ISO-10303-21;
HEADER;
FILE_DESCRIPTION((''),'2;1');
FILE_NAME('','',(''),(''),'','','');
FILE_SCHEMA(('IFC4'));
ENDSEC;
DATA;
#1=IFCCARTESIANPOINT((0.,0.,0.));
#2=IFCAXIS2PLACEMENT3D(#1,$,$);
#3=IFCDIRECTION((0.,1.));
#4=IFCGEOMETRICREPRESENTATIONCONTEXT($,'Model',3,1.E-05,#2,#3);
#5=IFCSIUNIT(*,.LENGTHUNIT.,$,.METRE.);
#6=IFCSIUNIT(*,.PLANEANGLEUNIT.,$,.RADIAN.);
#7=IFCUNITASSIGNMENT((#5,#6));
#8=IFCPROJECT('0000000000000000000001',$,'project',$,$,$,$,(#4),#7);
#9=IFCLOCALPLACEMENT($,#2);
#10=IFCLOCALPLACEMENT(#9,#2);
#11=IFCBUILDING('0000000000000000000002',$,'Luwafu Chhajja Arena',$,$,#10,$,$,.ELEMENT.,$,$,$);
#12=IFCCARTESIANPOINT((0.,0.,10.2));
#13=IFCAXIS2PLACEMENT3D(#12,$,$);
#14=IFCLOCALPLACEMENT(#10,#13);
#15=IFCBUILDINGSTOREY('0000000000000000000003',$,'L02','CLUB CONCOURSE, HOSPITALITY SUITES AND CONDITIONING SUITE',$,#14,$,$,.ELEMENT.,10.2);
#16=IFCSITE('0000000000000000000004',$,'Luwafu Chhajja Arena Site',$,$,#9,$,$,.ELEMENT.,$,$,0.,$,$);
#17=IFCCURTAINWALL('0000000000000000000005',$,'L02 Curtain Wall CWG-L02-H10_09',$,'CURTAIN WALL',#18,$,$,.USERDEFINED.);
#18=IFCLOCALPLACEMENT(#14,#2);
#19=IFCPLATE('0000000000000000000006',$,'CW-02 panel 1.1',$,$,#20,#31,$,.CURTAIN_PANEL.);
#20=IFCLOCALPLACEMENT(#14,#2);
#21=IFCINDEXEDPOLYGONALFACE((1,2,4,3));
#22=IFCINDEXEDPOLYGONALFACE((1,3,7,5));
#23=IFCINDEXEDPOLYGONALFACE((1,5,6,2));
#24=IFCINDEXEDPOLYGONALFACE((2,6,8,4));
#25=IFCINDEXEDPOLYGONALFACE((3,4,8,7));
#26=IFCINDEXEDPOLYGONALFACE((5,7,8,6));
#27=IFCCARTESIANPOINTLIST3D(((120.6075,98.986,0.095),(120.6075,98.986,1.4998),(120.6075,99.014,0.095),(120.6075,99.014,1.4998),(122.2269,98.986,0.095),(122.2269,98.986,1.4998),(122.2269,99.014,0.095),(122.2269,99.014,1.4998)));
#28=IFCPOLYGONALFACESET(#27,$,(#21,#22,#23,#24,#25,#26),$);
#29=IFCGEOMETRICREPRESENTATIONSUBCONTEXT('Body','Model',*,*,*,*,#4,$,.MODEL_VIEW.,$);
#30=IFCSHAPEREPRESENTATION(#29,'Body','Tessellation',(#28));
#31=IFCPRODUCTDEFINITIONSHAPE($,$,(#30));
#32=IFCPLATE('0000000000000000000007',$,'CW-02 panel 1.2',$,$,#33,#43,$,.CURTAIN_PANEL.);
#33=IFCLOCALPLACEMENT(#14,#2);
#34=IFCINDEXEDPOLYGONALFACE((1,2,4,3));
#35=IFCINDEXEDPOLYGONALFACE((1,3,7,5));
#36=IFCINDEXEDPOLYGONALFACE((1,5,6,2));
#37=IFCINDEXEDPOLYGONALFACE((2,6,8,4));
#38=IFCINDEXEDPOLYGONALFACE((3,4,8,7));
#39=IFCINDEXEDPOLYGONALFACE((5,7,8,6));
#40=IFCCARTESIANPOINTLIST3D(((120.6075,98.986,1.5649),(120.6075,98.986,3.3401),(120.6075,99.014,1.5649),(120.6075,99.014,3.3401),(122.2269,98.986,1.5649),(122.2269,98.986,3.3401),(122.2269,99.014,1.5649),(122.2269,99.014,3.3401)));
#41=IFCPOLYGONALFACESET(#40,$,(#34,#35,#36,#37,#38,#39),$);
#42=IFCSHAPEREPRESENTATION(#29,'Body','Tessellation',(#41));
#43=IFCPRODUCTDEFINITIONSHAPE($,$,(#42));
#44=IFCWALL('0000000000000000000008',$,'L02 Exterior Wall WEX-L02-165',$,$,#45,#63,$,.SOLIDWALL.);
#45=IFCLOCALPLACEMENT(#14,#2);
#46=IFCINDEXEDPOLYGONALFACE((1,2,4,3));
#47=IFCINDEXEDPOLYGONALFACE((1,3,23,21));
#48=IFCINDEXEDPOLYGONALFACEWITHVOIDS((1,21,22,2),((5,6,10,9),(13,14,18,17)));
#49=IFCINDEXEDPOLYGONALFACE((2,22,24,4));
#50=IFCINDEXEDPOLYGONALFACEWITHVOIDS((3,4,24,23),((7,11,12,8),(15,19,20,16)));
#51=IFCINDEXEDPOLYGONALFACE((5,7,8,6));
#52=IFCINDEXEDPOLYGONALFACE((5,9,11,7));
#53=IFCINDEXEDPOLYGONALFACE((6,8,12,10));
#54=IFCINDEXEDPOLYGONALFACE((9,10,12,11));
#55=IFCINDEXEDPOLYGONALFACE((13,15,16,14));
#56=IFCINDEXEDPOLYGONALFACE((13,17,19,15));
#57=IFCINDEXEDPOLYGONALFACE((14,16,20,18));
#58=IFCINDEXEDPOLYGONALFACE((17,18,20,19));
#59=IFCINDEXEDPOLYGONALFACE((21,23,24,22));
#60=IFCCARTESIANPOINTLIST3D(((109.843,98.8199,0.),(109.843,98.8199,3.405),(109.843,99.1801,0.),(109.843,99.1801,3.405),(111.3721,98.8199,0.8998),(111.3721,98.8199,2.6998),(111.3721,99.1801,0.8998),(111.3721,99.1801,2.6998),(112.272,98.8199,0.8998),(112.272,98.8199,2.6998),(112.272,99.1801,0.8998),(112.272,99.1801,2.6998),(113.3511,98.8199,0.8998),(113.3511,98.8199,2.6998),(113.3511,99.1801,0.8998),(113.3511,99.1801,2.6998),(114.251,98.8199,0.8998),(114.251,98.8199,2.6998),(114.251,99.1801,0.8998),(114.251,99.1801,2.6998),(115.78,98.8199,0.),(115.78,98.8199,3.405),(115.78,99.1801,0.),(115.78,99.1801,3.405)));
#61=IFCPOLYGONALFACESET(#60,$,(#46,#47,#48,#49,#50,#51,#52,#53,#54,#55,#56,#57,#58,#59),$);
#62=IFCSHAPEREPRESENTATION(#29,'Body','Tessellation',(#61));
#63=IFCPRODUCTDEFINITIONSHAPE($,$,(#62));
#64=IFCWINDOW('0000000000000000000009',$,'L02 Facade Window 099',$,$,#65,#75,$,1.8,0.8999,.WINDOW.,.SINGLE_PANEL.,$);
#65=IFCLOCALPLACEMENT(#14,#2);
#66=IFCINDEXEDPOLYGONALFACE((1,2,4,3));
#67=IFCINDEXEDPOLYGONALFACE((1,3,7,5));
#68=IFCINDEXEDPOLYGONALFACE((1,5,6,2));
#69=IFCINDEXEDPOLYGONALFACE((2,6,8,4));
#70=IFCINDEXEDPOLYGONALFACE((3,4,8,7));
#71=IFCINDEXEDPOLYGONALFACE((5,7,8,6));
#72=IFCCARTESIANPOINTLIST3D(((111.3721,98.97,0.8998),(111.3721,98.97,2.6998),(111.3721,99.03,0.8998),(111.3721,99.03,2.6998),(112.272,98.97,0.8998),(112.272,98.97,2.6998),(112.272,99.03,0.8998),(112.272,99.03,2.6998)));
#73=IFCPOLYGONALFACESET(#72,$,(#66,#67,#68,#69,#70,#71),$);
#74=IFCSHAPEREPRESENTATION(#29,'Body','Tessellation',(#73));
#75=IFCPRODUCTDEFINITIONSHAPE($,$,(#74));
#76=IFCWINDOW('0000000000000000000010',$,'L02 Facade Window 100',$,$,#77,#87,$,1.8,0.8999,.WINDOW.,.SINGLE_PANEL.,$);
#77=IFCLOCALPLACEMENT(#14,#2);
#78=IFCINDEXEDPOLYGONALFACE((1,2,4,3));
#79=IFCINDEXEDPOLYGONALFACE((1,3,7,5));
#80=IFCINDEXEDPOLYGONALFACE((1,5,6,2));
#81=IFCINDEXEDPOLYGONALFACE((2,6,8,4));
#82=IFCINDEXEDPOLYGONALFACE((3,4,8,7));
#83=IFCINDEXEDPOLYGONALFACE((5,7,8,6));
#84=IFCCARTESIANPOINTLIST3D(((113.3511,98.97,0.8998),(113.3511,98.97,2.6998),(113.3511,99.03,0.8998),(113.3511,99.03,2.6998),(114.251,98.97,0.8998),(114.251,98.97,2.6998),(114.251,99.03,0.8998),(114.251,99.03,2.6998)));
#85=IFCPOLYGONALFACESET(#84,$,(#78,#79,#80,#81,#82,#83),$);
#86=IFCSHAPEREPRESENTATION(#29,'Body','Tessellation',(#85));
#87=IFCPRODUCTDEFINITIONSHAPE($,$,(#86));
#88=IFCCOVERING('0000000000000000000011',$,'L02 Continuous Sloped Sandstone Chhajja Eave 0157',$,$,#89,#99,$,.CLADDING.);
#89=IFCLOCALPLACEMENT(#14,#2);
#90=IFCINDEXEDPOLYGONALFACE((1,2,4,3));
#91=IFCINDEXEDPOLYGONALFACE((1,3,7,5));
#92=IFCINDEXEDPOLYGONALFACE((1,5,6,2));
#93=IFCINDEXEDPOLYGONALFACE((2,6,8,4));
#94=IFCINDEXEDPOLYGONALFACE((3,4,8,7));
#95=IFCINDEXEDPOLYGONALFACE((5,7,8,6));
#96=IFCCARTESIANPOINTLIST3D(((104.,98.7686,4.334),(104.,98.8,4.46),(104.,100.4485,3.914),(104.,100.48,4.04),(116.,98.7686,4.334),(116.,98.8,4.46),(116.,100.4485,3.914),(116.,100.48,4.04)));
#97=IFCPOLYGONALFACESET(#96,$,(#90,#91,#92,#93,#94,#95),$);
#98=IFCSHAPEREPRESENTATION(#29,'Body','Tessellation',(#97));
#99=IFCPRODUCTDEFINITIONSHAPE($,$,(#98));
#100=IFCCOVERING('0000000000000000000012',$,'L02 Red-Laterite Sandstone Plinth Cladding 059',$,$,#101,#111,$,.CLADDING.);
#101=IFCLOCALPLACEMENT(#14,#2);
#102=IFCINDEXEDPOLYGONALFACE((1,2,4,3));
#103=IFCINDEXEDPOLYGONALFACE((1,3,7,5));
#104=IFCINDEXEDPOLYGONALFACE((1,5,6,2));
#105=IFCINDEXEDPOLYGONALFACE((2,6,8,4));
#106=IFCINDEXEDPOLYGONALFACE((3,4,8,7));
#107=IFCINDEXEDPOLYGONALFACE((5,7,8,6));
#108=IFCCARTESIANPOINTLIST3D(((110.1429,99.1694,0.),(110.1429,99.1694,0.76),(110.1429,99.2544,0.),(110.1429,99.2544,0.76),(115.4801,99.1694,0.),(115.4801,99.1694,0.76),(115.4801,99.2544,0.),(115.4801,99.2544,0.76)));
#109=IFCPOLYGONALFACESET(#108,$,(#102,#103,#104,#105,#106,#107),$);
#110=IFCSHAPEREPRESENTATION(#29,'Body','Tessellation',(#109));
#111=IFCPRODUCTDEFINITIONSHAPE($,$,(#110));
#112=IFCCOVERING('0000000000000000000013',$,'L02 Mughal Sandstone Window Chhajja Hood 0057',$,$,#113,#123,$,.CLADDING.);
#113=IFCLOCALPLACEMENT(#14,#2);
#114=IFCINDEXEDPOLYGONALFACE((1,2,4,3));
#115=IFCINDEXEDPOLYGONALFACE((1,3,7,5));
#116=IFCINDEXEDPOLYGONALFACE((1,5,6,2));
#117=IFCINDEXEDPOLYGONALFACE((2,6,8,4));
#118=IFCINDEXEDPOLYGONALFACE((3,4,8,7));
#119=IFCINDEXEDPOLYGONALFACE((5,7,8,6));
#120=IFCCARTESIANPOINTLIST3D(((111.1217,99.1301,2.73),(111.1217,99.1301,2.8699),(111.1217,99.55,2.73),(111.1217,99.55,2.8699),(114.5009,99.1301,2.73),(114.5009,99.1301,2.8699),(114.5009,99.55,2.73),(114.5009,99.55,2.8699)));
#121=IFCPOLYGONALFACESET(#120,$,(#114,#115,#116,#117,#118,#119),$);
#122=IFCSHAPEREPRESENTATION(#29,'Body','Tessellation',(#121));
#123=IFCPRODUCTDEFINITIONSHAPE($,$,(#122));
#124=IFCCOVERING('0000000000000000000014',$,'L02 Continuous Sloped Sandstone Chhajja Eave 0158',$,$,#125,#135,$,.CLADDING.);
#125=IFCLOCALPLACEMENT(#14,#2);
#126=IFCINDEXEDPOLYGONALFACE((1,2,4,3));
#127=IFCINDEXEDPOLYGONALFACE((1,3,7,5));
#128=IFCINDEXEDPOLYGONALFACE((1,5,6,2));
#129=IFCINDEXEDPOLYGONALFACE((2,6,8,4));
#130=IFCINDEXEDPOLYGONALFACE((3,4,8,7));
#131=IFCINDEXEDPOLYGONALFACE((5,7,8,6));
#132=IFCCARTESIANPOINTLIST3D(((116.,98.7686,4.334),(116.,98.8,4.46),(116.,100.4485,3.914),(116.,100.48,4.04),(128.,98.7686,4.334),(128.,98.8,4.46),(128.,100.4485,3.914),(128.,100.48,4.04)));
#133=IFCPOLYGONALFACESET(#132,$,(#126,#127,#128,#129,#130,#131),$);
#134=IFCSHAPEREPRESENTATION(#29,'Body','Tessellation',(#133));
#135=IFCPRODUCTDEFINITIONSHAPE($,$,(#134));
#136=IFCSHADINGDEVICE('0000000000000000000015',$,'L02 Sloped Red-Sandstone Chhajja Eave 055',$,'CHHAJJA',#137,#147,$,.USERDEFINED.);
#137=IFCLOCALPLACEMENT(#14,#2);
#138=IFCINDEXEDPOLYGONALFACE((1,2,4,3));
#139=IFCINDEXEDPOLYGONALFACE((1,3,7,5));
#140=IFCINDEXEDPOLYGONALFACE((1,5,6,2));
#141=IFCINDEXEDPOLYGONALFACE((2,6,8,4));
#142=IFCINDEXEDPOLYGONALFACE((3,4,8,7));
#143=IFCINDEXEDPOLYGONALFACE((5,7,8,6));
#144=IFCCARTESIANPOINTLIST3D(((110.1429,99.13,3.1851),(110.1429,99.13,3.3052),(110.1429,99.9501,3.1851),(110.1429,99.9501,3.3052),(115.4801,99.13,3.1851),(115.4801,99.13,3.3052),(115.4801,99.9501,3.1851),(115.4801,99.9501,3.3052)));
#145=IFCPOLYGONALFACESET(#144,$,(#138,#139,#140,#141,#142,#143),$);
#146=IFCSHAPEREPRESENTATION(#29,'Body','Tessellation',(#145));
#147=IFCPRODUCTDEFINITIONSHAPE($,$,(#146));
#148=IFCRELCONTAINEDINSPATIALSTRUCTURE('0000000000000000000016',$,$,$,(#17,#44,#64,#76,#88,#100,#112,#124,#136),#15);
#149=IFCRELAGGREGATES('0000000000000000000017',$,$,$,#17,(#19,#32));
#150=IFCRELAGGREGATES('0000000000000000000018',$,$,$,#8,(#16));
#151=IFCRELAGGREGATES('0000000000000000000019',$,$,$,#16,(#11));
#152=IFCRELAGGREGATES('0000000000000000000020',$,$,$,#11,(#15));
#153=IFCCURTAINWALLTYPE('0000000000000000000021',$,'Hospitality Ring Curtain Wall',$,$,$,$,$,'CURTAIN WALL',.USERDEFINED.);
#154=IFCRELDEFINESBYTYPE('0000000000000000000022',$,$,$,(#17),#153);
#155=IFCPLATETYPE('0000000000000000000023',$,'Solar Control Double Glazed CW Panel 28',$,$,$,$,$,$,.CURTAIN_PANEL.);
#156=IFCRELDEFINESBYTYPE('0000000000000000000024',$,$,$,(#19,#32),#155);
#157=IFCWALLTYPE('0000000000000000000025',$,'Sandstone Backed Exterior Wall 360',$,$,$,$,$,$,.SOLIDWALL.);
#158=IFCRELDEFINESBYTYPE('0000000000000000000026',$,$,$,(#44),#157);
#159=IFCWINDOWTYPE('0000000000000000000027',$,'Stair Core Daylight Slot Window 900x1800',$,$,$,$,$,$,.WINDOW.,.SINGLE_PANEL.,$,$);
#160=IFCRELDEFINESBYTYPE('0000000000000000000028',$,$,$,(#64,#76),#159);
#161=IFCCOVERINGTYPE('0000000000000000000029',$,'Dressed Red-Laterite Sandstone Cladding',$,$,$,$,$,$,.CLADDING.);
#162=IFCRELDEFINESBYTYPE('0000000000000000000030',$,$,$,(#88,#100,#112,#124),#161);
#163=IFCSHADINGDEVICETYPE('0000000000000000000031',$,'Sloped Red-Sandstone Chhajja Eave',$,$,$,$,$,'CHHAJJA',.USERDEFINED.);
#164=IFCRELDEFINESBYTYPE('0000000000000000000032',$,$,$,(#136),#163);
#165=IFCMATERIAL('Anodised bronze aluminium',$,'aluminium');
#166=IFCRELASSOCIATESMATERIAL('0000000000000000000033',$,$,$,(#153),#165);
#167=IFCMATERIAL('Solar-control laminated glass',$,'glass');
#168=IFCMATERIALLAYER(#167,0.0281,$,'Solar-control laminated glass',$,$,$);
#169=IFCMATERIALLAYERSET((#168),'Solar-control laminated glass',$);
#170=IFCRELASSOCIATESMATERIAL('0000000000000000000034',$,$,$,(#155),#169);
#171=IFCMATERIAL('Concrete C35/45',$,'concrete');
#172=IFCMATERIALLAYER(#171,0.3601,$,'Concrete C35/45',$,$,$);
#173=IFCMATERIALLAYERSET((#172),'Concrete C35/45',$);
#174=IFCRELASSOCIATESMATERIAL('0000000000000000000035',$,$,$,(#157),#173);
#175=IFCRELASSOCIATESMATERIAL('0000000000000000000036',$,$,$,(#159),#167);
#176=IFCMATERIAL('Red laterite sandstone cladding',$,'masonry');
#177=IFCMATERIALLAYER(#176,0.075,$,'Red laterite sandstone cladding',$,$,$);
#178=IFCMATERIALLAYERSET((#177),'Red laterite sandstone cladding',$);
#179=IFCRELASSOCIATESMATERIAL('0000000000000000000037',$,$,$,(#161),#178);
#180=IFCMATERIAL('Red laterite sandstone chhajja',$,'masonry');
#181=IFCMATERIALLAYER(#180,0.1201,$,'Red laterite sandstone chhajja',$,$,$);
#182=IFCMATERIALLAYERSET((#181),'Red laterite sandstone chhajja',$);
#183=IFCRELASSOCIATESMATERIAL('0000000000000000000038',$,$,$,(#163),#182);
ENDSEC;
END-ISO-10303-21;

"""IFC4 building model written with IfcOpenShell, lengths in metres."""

from ifc_helpers import new_model, si_unit, direction, frame, frame_2d, origin, origin_2d, place, context, subcontext, project, spatial, polyline, rectangle, outline, extrude, material, layer, layer_set, type_object, element, fill, aggregate, save


model = new_model("IFC4")

# Units and contexts
model_context = context("Model", 3, precision=1e-05, world=origin(), true_north=direction((0.0, 1.0)))
body_context = subcontext(model_context, "Body", "Model", "MODEL_VIEW")
ifc_project = project(units=[si_unit("LENGTHUNIT", "METRE"), si_unit("PLANEANGLEUNIT", "RADIAN")], contexts=[model_context])

# Site, building, storey
site_placement = place(None, origin())
site = spatial("IfcSite", under=ifc_project, at=site_placement, Name="Luwafu Chhajja Arena Site", CompositionType="ELEMENT", RefElevation=0.0)
building_placement = place(site_placement, origin())
building = spatial("IfcBuilding", under=site, at=building_placement, Name="Luwafu Chhajja Arena", CompositionType="ELEMENT")
storey_placement = place(building_placement, frame((0.0, 0.0, 10.2)))
storey = spatial("IfcBuildingStorey", under=building, at=storey_placement, Name="L02", Description="CLUB CONCOURSE, HOSPITALITY SUITES AND CONDITIONING SUITE", CompositionType="ELEMENT", Elevation=10.2)

# Shared definitions
ifc_material_1 = material(Name="Concrete C35/45", Category="concrete")

# Curtain wall
ifc_material_2 = material(Name="Anodised bronze aluminium", Category="aluminium")
curtain_wall_type = type_object("IfcCurtainWallType", Name="Hospitality Ring Curtain Wall", ElementType="CURTAIN WALL", PredefinedType="USERDEFINED", material=ifc_material_2)
curtain_wall_placement = place(storey_placement, origin())
curtain_wall = element("IfcCurtainWall", 1, at=curtain_wall_placement, inside=storey, type_object=curtain_wall_type, Name="L02 Curtain Wall CWG-L02-H10_09", ObjectType="CURTAIN WALL", PredefinedType="USERDEFINED")

# Plates
ifc_material_3 = material(Name="Solar-control laminated glass", Category="glass")
ifc_layer_1 = layer(ifc_material_3, 0.0281, Name="Solar-control laminated glass")
ifc_layer_set_1 = layer_set([ifc_layer_1], Name="Solar-control laminated glass")
plate_type = type_object("IfcPlateType", Name="Solar Control Double Glazed CW Panel 28", PredefinedType="CURTAIN_PANEL", material=ifc_layer_set_1)
plate_1_placement = place(storey_placement, frame((121.4172, 99.0, 0.095), z_axis=(0.0, 0.0, 1.0), x_axis=(1.0, 0.0, 0.0)))
plate_1 = element("IfcPlate", 2, at=plate_1_placement, type_object=plate_type, Name="CW-02 panel 1.1", PredefinedType="CURTAIN_PANEL", context=body_context, shape_type="SweptSolid", body=[
    extrude(rectangle(XDim=1.6194, YDim=0.0281, at=origin_2d()), origin(), (0.0, 0.0, 1.0), 1.4048),
])
plate_2_placement = place(storey_placement, frame((121.4172, 99.0, 1.5649), z_axis=(0.0, 0.0, 1.0), x_axis=(1.0, 0.0, 0.0)))
plate_2 = element("IfcPlate", 3, at=plate_2_placement, type_object=plate_type, Name="CW-02 panel 1.2", PredefinedType="CURTAIN_PANEL", context=body_context, shape_type="SweptSolid", body=[
    extrude(rectangle(XDim=1.6194, YDim=0.0281, at=origin_2d()), origin(), (0.0, 0.0, 1.0), 1.7751),
])
aggregate(curtain_wall, [plate_1, plate_2])

# Wall, openings, windows
ifc_layer_2 = layer(ifc_material_1, 0.3601, Name="Concrete C35/45")
ifc_layer_set_2 = layer_set([ifc_layer_2], Name="Concrete C35/45")
wall_type = type_object("IfcWallType", Name="Sandstone Backed Exterior Wall 360", PredefinedType="SOLIDWALL", material=ifc_layer_set_2)
wall_placement = place(storey_placement, frame((109.843, 99.0, 0.0), z_axis=(0.0, 0.0, 1.0), x_axis=(1.0, 0.0, 0.0)))
wall = element("IfcWall", 4, at=wall_placement, inside=storey, type_object=wall_type, Name="L02 Exterior Wall WEX-L02-165", PredefinedType="SOLIDWALL", context=body_context, shape_type="SweptSolid", body=[
    extrude(rectangle(XDim=5.937, YDim=0.3601, at=frame_2d((2.9685, 0.0))), origin(), (0.0, 0.0, 1.0), 3.405),
])
opening_1_placement = place(wall_placement, frame((1.5291, 0.0, 0.8999)))
opening_1 = element("IfcOpeningElement", 5, at=opening_1_placement, cuts=wall, PredefinedType="OPENING", context=body_context, shape_type="SweptSolid", body=[
    extrude(rectangle(XDim=0.8999, YDim=1.8, at=frame_2d((0.45, 0.8999))), frame((0.0, 0.1899, 0.0), z_axis=(0.0, -1.0, 0.0), x_axis=(1.0, 0.0, 0.0)), (0.0, 0.0, 1.0), 0.3801),
])
opening_2_placement = place(wall_placement, frame((3.5081, 0.0, 0.8999)))
opening_2 = element("IfcOpeningElement", 6, at=opening_2_placement, cuts=wall, PredefinedType="OPENING", context=body_context, shape_type="SweptSolid", body=[
    extrude(rectangle(XDim=0.8999, YDim=1.8, at=frame_2d((0.45, 0.8999))), frame((0.0, 0.1899, 0.0), z_axis=(0.0, -1.0, 0.0), x_axis=(1.0, 0.0, 0.0)), (0.0, 0.0, 1.0), 0.3801),
])
window_type = type_object("IfcWindowType", Name="Stair Core Daylight Slot Window 900x1800", PartitioningType="SINGLE_PANEL", PredefinedType="WINDOW", material=ifc_material_3)
window_1_placement = place(opening_1_placement, origin())
window_1 = element("IfcWindow", 7, at=window_1_placement, inside=storey, type_object=window_type, Name="L02 Facade Window 099", OverallHeight=1.8, OverallWidth=0.8999, PartitioningType="SINGLE_PANEL", PredefinedType="WINDOW", context=body_context, shape_type="SweptSolid", body=[
    extrude(rectangle(XDim=0.8999, YDim=1.8, at=frame_2d((0.45, 0.8999))), frame((0.0, 0.03, 0.0), z_axis=(0.0, -1.0, 0.0), x_axis=(1.0, 0.0, 0.0)), (0.0, 0.0, 1.0), 0.0601),
])
fill(opening_1, window_1)
window_2_placement = place(opening_2_placement, origin())
window_2 = element("IfcWindow", 8, at=window_2_placement, inside=storey, type_object=window_type, Name="L02 Facade Window 100", OverallHeight=1.8, OverallWidth=0.8999, PartitioningType="SINGLE_PANEL", PredefinedType="WINDOW", context=body_context, shape_type="SweptSolid", body=[
    extrude(rectangle(XDim=0.8999, YDim=1.8, at=frame_2d((0.45, 0.8999))), frame((0.0, 0.03, 0.0), z_axis=(0.0, -1.0, 0.0), x_axis=(1.0, 0.0, 0.0)), (0.0, 0.0, 1.0), 0.0601),
])
fill(opening_2, window_2)

# Coverings
ifc_material_4 = material(Name="Red laterite sandstone cladding", Category="masonry")
ifc_layer_3 = layer(ifc_material_4, 0.075, Name="Red laterite sandstone cladding")
ifc_layer_set_3 = layer_set([ifc_layer_3], Name="Red laterite sandstone cladding")
covering_type = type_object("IfcCoveringType", Name="Dressed Red-Laterite Sandstone Cladding", PredefinedType="CLADDING", material=ifc_layer_set_3)
covering_1_placement = place(storey_placement, frame((104.0, 98.8, 4.46), z_axis=(0.0, 0.242502, 0.970151), x_axis=(1.0, 0.0, 0.0)))
element("IfcCovering", 9, at=covering_1_placement, inside=storey, type_object=covering_type, Name="L02 Continuous Sloped Sandstone Chhajja Eave 0157", PredefinedType="CLADDING", context=body_context, shape_type="SweptSolid", body=[
    extrude(outline(polyline([(0.0, 0.0), (12.0, 0.0), (12.0, 1.7316), (0.0, 1.7316), (0.0, 0.0)])), origin(), (0.0, 0.0, -1.0), 0.1299),
])
covering_2_placement = place(storey_placement, frame((112.8115, 99.2119, 0.0), z_axis=(0.0, 0.0, 1.0), x_axis=(1.0, 0.0, 0.0)))
element("IfcCovering", 10, at=covering_2_placement, inside=storey, type_object=covering_type, Name="L02 Red-Laterite Sandstone Plinth Cladding 059", PredefinedType="CLADDING", context=body_context, shape_type="SweptSolid", body=[
    extrude(rectangle(XDim=5.3372, YDim=0.085, at=origin_2d()), origin(), (0.0, 0.0, 1.0), 0.76),
])
covering_3_placement = place(storey_placement, frame((112.8113, 99.3401, 2.73), z_axis=(0.0, 0.0, 1.0), x_axis=(1.0, 0.0, 0.0)))
element("IfcCovering", 11, at=covering_3_placement, inside=storey, type_object=covering_type, Name="L02 Mughal Sandstone Window Chhajja Hood 0057", PredefinedType="CLADDING", context=body_context, shape_type="SweptSolid", body=[
    extrude(rectangle(XDim=3.3792, YDim=0.4199, at=origin_2d()), origin(), (0.0, 0.0, 1.0), 0.1399),
])
covering_4_placement = place(storey_placement, frame((116.0, 98.8, 4.46), z_axis=(0.0, 0.242502, 0.970151), x_axis=(1.0, 0.0, 0.0)))
element("IfcCovering", 12, at=covering_4_placement, inside=storey, type_object=covering_type, Name="L02 Continuous Sloped Sandstone Chhajja Eave 0158", PredefinedType="CLADDING", context=body_context, shape_type="SweptSolid", body=[
    extrude(outline(polyline([(0.0, 0.0), (12.0, 0.0), (12.0, 1.7316), (0.0, 1.7316), (0.0, 0.0)])), origin(), (0.0, 0.0, -1.0), 0.1299),
])

# Shading device
ifc_material_5 = material(Name="Red laterite sandstone chhajja", Category="masonry")
ifc_layer_4 = layer(ifc_material_5, 0.1201, Name="Red laterite sandstone chhajja")
ifc_layer_set_4 = layer_set([ifc_layer_4], Name="Red laterite sandstone chhajja")
shading_device_type = type_object("IfcShadingDeviceType", Name="Sloped Red-Sandstone Chhajja Eave", ElementType="CHHAJJA", PredefinedType="USERDEFINED", material=ifc_layer_set_4)
shading_device_placement = place(storey_placement, frame((112.8115, 99.54, 3.1851), z_axis=(0.0, 0.0, 1.0), x_axis=(1.0, 0.0, 0.0)))
element("IfcShadingDevice", 13, at=shading_device_placement, inside=storey, type_object=shading_device_type, Name="L02 Sloped Red-Sandstone Chhajja Eave 055", ObjectType="CHHAJJA", PredefinedType="USERDEFINED", context=body_context, shape_type="SweptSolid", body=[
    extrude(rectangle(XDim=5.3372, YDim=0.8201, at=origin_2d()), origin(), (0.0, 0.0, 1.0), 0.1201),
])

save(model, "model.ifc")
